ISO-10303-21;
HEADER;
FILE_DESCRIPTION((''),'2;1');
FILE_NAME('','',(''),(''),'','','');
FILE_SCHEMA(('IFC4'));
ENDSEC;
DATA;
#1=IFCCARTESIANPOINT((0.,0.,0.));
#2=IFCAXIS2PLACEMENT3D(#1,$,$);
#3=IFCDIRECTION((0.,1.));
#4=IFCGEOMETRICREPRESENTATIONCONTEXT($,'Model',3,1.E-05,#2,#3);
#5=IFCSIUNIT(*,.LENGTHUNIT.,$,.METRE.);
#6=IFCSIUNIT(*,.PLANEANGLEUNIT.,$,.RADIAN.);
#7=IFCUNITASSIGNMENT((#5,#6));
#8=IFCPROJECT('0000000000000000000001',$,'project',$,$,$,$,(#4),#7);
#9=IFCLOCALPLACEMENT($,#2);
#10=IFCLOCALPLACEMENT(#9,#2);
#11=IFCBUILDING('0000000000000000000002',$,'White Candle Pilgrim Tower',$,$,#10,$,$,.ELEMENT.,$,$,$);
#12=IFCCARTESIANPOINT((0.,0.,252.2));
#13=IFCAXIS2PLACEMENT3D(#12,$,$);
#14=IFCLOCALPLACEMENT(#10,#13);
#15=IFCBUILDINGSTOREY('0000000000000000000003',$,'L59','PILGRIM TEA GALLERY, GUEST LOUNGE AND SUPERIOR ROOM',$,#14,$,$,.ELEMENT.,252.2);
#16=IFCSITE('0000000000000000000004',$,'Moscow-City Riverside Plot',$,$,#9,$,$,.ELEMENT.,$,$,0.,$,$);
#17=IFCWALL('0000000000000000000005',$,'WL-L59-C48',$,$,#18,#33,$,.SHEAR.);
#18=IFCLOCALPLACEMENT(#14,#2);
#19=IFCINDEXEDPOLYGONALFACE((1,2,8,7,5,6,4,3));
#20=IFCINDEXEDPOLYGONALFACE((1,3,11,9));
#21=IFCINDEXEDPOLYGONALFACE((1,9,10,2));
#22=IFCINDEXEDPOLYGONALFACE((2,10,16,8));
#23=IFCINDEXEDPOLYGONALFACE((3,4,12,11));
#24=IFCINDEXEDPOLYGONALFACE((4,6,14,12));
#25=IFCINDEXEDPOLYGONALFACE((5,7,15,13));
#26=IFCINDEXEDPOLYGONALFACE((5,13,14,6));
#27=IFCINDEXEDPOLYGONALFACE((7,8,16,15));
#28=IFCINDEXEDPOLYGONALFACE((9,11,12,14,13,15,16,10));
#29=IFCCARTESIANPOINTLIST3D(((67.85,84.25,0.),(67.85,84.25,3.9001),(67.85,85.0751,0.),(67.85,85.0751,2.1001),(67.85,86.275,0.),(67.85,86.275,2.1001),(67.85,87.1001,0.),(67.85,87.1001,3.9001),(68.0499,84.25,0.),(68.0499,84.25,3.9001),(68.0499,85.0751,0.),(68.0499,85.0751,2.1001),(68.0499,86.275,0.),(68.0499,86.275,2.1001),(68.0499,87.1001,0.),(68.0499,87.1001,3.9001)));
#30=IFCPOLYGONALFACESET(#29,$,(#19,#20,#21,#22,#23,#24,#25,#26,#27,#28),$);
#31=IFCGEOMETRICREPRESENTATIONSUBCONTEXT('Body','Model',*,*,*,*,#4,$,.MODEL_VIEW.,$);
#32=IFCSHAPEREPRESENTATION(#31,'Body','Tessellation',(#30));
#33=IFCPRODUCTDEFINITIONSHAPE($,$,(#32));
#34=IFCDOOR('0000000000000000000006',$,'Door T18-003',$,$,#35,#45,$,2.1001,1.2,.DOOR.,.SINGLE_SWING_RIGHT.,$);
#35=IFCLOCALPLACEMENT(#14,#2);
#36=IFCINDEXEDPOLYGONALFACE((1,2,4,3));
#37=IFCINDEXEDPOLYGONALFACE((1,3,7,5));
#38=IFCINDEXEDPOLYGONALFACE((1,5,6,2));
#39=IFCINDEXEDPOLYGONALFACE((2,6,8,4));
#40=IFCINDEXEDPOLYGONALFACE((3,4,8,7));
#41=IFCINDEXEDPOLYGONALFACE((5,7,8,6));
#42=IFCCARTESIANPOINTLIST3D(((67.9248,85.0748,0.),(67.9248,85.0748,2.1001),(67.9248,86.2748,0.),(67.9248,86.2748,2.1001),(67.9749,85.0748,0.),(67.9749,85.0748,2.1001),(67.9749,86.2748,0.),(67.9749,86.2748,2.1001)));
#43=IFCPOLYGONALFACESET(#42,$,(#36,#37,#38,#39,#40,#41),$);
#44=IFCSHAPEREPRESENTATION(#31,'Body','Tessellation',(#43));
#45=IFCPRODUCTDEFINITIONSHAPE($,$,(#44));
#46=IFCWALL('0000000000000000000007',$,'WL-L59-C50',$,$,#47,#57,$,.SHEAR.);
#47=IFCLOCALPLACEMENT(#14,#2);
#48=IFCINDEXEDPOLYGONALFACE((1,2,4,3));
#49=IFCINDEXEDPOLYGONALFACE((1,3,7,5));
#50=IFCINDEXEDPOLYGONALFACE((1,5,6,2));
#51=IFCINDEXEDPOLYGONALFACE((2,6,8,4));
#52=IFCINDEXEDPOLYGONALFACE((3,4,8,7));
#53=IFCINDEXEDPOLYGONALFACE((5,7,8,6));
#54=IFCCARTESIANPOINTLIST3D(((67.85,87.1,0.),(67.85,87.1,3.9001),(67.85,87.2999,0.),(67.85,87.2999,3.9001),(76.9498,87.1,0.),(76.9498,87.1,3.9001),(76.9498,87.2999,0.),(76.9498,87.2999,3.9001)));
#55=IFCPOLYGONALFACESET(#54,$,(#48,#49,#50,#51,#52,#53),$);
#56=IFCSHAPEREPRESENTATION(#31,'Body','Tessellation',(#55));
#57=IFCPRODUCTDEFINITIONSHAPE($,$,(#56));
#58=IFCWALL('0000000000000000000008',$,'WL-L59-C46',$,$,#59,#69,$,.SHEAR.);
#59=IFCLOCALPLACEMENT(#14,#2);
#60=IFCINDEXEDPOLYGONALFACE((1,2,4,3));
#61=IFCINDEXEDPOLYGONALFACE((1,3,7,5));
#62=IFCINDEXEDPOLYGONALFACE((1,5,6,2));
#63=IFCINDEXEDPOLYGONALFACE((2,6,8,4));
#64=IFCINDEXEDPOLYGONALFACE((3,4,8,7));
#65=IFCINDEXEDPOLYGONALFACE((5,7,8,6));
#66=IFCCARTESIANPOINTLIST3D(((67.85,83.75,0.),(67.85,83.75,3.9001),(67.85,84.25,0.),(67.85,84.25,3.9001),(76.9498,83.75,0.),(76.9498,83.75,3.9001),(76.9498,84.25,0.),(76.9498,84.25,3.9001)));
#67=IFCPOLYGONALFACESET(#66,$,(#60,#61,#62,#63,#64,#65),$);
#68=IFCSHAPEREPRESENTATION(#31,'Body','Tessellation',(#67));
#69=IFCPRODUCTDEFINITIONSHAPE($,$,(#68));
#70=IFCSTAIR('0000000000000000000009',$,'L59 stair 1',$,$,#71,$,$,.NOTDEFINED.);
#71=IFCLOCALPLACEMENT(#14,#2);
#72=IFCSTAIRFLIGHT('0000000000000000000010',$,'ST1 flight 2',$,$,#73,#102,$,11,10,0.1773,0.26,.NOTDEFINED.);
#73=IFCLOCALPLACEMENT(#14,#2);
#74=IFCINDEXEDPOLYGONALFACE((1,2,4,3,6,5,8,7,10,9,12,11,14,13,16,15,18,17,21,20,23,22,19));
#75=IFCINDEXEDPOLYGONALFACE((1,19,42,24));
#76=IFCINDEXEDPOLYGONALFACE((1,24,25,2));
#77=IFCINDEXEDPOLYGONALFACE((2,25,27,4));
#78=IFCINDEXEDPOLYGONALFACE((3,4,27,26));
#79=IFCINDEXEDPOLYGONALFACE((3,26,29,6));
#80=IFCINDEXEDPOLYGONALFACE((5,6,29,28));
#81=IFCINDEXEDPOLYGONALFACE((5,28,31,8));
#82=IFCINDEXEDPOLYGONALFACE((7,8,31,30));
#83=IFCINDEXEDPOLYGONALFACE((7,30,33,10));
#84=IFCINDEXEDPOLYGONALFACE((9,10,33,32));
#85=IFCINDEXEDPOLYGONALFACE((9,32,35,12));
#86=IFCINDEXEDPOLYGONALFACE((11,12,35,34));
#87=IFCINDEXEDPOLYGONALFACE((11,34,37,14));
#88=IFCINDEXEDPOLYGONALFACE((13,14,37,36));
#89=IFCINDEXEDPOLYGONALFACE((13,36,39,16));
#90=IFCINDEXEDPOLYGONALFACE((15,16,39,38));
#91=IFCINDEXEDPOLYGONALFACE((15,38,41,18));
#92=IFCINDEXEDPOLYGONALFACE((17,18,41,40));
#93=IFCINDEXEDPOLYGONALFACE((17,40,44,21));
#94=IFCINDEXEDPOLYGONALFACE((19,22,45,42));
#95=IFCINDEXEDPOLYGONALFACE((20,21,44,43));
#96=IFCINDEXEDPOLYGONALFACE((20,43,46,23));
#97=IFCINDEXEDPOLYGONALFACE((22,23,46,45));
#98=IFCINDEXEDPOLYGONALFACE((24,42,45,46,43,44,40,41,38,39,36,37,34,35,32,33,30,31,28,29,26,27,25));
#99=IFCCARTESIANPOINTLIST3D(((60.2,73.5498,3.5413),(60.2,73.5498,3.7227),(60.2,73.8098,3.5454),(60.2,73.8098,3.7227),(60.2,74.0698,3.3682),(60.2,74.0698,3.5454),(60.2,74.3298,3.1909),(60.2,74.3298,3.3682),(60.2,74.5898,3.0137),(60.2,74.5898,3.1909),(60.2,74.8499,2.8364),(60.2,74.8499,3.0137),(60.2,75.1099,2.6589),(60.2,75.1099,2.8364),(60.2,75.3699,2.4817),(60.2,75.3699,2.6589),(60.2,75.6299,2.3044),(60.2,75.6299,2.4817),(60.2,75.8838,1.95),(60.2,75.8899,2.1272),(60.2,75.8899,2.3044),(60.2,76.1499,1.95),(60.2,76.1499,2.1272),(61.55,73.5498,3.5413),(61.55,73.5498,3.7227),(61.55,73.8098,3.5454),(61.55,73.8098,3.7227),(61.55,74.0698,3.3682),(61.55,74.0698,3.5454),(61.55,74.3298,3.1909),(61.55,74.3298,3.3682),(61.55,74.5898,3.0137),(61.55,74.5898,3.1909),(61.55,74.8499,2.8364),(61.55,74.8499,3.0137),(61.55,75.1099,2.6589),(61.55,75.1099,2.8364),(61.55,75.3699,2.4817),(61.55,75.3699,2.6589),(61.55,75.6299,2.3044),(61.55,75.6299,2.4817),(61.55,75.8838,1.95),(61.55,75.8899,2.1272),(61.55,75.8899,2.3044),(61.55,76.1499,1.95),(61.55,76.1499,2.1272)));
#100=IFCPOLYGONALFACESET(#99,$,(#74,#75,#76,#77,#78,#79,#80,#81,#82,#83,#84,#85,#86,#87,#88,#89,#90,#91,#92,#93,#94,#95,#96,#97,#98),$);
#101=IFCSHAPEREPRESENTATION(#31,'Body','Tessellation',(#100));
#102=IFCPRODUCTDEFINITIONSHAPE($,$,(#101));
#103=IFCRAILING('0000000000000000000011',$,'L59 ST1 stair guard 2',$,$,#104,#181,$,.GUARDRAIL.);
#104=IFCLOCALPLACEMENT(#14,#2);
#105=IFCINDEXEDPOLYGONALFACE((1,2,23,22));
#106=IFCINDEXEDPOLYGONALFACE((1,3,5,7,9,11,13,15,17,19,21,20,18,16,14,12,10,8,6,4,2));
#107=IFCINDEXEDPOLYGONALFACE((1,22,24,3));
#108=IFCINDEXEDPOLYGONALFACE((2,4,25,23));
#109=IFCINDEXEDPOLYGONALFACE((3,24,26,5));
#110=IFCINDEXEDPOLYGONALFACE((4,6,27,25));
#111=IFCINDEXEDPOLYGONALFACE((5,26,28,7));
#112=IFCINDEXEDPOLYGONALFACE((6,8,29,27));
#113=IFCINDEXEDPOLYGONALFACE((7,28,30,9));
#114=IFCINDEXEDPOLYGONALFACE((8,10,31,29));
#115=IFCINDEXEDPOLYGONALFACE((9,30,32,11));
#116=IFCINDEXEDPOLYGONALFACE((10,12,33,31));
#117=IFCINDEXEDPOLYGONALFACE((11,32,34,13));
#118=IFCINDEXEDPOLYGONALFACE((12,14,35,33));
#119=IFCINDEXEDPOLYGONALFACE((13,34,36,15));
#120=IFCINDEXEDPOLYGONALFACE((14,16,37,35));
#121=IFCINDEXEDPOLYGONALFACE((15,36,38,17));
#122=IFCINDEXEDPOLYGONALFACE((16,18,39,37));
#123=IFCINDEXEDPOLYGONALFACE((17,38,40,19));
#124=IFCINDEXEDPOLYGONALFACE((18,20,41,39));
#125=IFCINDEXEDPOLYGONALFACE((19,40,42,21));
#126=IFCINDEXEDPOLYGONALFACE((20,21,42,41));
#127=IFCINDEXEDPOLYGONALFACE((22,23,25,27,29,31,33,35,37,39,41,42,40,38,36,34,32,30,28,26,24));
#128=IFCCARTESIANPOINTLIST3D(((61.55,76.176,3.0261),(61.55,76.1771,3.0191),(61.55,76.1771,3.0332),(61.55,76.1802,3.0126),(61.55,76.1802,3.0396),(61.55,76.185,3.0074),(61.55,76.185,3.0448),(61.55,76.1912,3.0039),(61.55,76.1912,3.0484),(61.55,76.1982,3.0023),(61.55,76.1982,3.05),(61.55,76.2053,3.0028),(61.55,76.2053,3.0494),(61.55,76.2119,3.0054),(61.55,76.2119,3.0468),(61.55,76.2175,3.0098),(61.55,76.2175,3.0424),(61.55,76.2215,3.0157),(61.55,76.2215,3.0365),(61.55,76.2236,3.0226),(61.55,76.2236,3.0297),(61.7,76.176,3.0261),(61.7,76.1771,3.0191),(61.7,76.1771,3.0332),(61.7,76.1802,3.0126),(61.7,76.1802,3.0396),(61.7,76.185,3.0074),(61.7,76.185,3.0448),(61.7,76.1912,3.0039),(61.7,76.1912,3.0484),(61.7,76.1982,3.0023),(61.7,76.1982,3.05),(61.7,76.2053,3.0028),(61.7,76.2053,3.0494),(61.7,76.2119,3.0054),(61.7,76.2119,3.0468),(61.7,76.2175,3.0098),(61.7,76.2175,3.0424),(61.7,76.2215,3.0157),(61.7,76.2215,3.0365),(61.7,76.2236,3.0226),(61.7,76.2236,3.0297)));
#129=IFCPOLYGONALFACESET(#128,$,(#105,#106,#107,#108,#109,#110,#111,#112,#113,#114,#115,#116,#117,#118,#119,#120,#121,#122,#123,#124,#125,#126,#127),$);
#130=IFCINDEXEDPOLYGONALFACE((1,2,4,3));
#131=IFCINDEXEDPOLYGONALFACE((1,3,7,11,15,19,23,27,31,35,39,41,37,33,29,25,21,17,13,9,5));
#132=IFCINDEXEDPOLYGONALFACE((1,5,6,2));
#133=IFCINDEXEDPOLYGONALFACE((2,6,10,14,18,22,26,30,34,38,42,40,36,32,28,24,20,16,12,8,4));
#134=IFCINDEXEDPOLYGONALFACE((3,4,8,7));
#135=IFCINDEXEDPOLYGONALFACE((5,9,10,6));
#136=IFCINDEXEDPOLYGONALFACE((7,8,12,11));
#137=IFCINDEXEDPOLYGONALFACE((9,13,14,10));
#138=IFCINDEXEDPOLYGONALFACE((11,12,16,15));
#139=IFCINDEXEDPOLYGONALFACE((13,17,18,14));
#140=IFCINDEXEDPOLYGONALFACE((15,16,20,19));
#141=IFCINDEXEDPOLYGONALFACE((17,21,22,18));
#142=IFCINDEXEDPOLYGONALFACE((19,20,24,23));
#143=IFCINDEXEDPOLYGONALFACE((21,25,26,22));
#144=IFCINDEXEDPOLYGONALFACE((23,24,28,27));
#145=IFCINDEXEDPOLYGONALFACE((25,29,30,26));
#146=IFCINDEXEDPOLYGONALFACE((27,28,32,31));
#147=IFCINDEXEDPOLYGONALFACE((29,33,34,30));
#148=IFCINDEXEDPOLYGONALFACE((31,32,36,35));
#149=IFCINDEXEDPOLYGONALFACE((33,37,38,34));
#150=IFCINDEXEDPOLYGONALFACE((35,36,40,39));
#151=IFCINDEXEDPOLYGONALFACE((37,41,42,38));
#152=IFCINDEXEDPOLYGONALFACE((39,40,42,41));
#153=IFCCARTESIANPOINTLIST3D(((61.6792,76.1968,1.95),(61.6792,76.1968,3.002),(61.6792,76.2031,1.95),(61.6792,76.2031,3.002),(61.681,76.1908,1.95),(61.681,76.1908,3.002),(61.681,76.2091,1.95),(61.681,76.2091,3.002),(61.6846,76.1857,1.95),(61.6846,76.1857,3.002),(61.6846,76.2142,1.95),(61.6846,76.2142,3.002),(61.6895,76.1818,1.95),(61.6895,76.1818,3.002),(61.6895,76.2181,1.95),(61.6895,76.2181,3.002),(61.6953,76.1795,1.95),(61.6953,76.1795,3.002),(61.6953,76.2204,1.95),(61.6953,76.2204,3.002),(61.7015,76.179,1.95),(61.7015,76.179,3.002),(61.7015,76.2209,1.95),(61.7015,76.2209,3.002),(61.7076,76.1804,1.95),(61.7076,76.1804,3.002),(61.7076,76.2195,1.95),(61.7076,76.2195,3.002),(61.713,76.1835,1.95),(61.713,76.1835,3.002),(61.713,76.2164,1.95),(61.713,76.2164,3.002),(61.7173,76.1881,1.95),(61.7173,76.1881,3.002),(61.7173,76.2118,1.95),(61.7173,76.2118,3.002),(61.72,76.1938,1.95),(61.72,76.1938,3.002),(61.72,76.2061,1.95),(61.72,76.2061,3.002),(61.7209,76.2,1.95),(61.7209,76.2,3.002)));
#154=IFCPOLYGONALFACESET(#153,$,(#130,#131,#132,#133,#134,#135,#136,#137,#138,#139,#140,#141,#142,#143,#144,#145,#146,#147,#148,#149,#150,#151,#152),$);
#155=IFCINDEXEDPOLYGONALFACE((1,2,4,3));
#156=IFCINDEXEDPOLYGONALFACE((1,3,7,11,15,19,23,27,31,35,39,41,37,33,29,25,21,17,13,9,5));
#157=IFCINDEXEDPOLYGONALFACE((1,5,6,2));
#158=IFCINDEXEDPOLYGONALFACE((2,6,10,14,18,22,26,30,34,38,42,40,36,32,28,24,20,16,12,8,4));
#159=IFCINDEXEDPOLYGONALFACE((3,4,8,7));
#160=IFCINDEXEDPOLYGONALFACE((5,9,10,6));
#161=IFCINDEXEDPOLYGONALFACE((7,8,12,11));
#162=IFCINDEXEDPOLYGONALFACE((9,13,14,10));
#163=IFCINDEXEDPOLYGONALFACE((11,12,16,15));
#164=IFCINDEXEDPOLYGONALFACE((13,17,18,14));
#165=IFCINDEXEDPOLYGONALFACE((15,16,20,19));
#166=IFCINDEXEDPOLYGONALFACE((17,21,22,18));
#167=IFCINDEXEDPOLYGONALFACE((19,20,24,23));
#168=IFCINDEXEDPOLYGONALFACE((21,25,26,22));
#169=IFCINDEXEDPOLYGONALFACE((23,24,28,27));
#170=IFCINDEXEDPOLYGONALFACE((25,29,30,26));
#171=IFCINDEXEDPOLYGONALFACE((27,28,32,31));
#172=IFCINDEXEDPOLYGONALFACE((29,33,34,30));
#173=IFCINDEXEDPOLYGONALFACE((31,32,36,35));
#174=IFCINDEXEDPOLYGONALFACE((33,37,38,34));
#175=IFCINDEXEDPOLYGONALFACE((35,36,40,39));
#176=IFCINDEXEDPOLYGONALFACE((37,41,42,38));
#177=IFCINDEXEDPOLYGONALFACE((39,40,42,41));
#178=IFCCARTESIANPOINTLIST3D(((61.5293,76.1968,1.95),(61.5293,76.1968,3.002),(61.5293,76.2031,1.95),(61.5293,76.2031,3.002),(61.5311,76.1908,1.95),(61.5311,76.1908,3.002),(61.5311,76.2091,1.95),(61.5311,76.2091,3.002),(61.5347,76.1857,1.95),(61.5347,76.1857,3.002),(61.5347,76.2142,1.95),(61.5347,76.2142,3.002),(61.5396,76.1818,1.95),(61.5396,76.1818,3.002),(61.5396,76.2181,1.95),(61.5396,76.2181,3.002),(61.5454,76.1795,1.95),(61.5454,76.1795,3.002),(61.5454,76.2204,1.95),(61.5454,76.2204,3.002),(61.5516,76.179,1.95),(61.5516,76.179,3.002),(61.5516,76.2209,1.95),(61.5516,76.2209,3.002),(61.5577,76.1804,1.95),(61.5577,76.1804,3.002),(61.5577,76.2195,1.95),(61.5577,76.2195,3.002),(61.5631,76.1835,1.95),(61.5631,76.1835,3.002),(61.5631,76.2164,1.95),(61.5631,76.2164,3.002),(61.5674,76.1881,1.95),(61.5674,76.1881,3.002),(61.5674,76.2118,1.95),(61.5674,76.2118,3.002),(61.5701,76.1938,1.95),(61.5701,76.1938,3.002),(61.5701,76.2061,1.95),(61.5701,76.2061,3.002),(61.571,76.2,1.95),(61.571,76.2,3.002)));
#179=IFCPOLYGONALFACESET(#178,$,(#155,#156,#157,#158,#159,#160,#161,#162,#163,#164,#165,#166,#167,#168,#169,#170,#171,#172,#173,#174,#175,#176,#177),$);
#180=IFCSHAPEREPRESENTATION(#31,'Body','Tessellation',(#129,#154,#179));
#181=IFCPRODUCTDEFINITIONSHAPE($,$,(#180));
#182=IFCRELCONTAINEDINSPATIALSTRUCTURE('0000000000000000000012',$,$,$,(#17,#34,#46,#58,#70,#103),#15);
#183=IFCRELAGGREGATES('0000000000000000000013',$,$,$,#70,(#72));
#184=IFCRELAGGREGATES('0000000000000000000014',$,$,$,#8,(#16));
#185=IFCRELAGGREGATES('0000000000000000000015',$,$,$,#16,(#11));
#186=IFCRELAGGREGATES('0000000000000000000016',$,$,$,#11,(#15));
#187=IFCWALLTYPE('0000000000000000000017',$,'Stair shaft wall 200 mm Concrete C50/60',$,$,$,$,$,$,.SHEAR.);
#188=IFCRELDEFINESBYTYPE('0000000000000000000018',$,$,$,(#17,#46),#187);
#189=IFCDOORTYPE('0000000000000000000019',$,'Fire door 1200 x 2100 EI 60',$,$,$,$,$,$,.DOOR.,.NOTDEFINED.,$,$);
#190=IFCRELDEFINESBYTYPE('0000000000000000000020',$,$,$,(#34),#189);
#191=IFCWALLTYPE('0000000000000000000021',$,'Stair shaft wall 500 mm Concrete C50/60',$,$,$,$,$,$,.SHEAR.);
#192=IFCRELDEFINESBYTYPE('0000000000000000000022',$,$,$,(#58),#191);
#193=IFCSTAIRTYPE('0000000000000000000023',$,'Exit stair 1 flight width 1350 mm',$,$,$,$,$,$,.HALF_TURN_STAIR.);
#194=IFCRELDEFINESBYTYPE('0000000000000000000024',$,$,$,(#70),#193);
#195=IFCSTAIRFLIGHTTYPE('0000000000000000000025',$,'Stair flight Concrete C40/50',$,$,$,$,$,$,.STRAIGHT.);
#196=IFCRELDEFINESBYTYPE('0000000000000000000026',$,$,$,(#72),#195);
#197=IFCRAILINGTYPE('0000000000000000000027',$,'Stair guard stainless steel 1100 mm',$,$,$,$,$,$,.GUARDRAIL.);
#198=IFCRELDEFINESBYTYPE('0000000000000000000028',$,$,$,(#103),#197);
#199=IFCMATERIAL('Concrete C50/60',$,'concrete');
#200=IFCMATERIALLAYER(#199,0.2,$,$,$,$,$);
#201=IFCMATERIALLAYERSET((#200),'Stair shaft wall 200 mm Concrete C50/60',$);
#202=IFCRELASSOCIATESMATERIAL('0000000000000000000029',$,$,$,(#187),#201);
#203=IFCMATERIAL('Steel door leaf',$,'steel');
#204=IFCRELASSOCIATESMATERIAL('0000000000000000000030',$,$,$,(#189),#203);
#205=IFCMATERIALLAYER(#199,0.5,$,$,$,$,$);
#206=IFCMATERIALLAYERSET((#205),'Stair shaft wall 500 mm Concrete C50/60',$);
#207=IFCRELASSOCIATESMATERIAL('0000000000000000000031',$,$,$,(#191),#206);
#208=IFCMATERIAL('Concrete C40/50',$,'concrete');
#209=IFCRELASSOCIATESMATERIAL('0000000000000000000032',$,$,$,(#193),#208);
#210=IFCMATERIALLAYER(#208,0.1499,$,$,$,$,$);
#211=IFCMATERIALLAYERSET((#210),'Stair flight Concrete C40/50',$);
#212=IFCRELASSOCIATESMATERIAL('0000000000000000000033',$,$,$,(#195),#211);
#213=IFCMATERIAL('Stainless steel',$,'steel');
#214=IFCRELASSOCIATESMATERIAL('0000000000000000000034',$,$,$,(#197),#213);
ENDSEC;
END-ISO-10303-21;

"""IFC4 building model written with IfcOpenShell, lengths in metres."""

from ifc_helpers import new_model, si_unit, direction, frame, frame_2d, origin, origin_2d, place, context, subcontext, project, spatial, polyline, rectangle, circle, outline, extrude, material, layer, layer_set, type_object, element, fill, aggregate, save


model = new_model("IFC4")

# Units and contexts
model_context = context("Model", 3, precision=1e-05, world=origin(), true_north=direction((0.0, 1.0)))
body_context = subcontext(model_context, "Body", "Model", "MODEL_VIEW")
ifc_project = project(units=[si_unit("LENGTHUNIT", "METRE"), si_unit("PLANEANGLEUNIT", "RADIAN")], contexts=[model_context])

# Site, building, storey
site_placement = place(None, origin())
site = spatial("IfcSite", under=ifc_project, at=site_placement, Name="Moscow-City Riverside Plot", CompositionType="ELEMENT", RefElevation=0.0)
building_placement = place(site_placement, origin())
building = spatial("IfcBuilding", under=site, at=building_placement, Name="White Candle Pilgrim Tower", CompositionType="ELEMENT")
storey_placement = place(building_placement, frame((0.0, 0.0, 252.2)))
storey = spatial("IfcBuildingStorey", under=building, at=storey_placement, Name="L59", Description="PILGRIM TEA GALLERY, GUEST LOUNGE AND SUPERIOR ROOM", CompositionType="ELEMENT", Elevation=252.2)

# Shared definitions
ifc_material_1 = material(Name="Concrete C50/60", Category="concrete")

# Shared definitions
ifc_material_2 = material(Name="Steel door leaf", Category="steel")

# Shared definitions
ifc_layer_1 = layer(ifc_material_1, 0.2)
ifc_layer_set_1 = layer_set([ifc_layer_1], Name="Stair shaft wall 200 mm Concrete C50/60")
wall_type_1 = type_object("IfcWallType", Name="Stair shaft wall 200 mm Concrete C50/60", PredefinedType="SHEAR", material=ifc_layer_set_1)
ifc_material_3 = material(Name="Stainless steel", Category="steel")

# Wall, opening, door
wall_1_placement = place(storey_placement, frame((67.95, 84.25, 0.0), z_axis=(0.0, 0.0, 1.0), x_axis=(0.0, 1.0, 0.0)))
wall_1 = element("IfcWall", 1, at=wall_1_placement, inside=storey, type_object=wall_type_1, Name="WL-L59-C48", PredefinedType="SHEAR", context=body_context, shape_type="SweptSolid", body=[
    extrude(rectangle(XDim=2.8501, YDim=0.2, at=frame_2d((1.425, 0.0))), origin(), (0.0, 0.0, 1.0), 3.9001),
])
opening_1_placement = place(wall_1_placement, frame((0.825, 0.0, 0.0)))
opening_1 = element("IfcOpeningElement", 2, at=opening_1_placement, cuts=wall_1, PredefinedType="OPENING", context=body_context, shape_type="SweptSolid", body=[
    extrude(rectangle(XDim=1.2, YDim=2.1001, at=frame_2d((0.6001, 1.05))), frame((0.0, 0.1099, 0.0), z_axis=(0.0, -1.0, 0.0), x_axis=(1.0, 0.0, 0.0)), (0.0, 0.0, 1.0), 0.22),
])
door_type_1 = type_object("IfcDoorType", Name="Fire door 1200 x 2100 EI 60", OperationType="NOTDEFINED", PredefinedType="DOOR", material=ifc_material_2)
door_1_placement = place(opening_1_placement, frame((1.2, 0.0, 0.0), z_axis=(0.0, 0.0, 1.0), x_axis=(-1.0, 0.0, 0.0)))
door_1 = element("IfcDoor", 3, at=door_1_placement, inside=storey, type_object=door_type_1, Name="Door T18-003", OperationType="SINGLE_SWING_RIGHT", OverallHeight=2.1001, OverallWidth=1.2, PredefinedType="DOOR", context=body_context, shape_type="SweptSolid", body=[
    extrude(rectangle(XDim=1.2, YDim=2.1001, at=frame_2d((0.6001, 1.05))), frame((0.0, 0.0249, 0.0), z_axis=(0.0, -1.0, 0.0), x_axis=(1.0, 0.0, 0.0)), (0.0, 0.0, 1.0), 0.05),
])
fill(opening_1, door_1)

# Walls
wall_2_placement = place(storey_placement, frame((67.8501, 87.2, 0.0), z_axis=(0.0, 0.0, 1.0), x_axis=(1.0, 0.0, 0.0)))
element("IfcWall", 4, at=wall_2_placement, inside=storey, type_object=wall_type_1, Name="WL-L59-C50", PredefinedType="SHEAR", context=body_context, shape_type="SweptSolid", body=[
    extrude(rectangle(XDim=9.0999, YDim=0.2, at=frame_2d((4.5498, 0.0))), origin(), (0.0, 0.0, 1.0), 3.9001),
])
ifc_layer_2 = layer(ifc_material_1, 0.5)
ifc_layer_set_2 = layer_set([ifc_layer_2], Name="Stair shaft wall 500 mm Concrete C50/60")
wall_type_2 = type_object("IfcWallType", Name="Stair shaft wall 500 mm Concrete C50/60", PredefinedType="SHEAR", material=ifc_layer_set_2)
wall_3_placement = place(storey_placement, frame((67.8501, 84.0, 0.0), z_axis=(0.0, 0.0, 1.0), x_axis=(1.0, 0.0, 0.0)))
element("IfcWall", 5, at=wall_3_placement, inside=storey, type_object=wall_type_2, Name="WL-L59-C46", PredefinedType="SHEAR", context=body_context, shape_type="SweptSolid", body=[
    extrude(rectangle(XDim=9.0999, YDim=0.5, at=frame_2d((4.5498, 0.0))), origin(), (0.0, 0.0, 1.0), 3.9001),
])

# Stair, stair flight
ifc_material_4 = material(Name="Concrete C40/50", Category="concrete")
stair_type = type_object("IfcStairType", Name="Exit stair 1 flight width 1350 mm", PredefinedType="HALF_TURN_STAIR", material=ifc_material_4)
stair_placement = place(storey_placement, origin())
stair = element("IfcStair", 6, at=stair_placement, inside=storey, type_object=stair_type, Name="L59 stair 1", PredefinedType="NOTDEFINED")
ifc_layer_3 = layer(ifc_material_4, 0.1499)
ifc_layer_set_3 = layer_set([ifc_layer_3], Name="Stair flight Concrete C40/50")
stair_flight_type = type_object("IfcStairFlightType", Name="Stair flight Concrete C40/50", PredefinedType="STRAIGHT", material=ifc_layer_set_3)
stair_flight_placement = place(storey_placement, frame((60.875, 76.1499, 1.95), z_axis=(0.0, 0.0, 1.0), x_axis=(0.0, -1.0, 0.0)))
stair_flight = element("IfcStairFlight", 7, at=stair_flight_placement, type_object=stair_flight_type, Name="ST1 flight 2", NumberOfRisers=11, NumberOfTreads=10, PredefinedType="NOTDEFINED", RiserHeight=0.1773, TreadLength=0.26, context=body_context, shape_type="SweptSolid", body=[
    extrude(outline(polyline([(0.0, 0.0), (0.0, 0.1772), (0.26, 0.1772), (0.26, 0.3545), (0.52, 0.3545), (0.52, 0.5317), (0.78, 0.5317), (0.78, 0.709), (1.04, 0.709), (1.04, 0.8865), (1.3, 0.8865), (1.3, 1.0637), (1.5601, 1.0637), (1.5601, 1.241), (1.8201, 1.241), (1.8201, 1.4182), (2.0801, 1.4182), (2.0801, 1.5955), (2.3401, 1.5955), (2.3401, 1.7727), (2.6001, 1.7727), (2.6001, 1.95), (2.6001, 1.5913), (0.2661, 0.0), (0.0, 0.0)])), frame((0.0, 0.675, 0.0), z_axis=(0.0, -1.0, 0.0), x_axis=(1.0, 0.0, 0.0)), (0.0, 0.0, 1.0), 1.3501),
])
aggregate(stair, [stair_flight])

# Railing
railing_type_1 = type_object("IfcRailingType", Name="Stair guard stainless steel 1100 mm", PredefinedType="GUARDRAIL", material=ifc_material_3)
railing_1_placement = place(storey_placement, frame((61.7, 76.2, 1.95)))
element("IfcRailing", 8, at=railing_1_placement, inside=storey, type_object=railing_type_1, Name="L59 ST1 stair guard 2", PredefinedType="GUARDRAIL", context=body_context, shape_type="SweptSolid", body=[
    extrude(circle(Radius=0.0239, at=origin_2d()), frame((0.0, 0.0, 1.0762), z_axis=(-1.0, 0.0, 0.0), x_axis=(0.0, -1.0, 0.0)), (0.0, 0.0, 1.0), 0.1499),
    extrude(circle(Radius=0.021, at=origin_2d()), origin(), (0.0, 0.0, 1.0), 1.052),
    extrude(circle(Radius=0.021, at=origin_2d()), frame((-0.1499, 0.0, 0.0)), (0.0, 0.0, 1.0), 1.052),
])

save(model, "model.ifc")
